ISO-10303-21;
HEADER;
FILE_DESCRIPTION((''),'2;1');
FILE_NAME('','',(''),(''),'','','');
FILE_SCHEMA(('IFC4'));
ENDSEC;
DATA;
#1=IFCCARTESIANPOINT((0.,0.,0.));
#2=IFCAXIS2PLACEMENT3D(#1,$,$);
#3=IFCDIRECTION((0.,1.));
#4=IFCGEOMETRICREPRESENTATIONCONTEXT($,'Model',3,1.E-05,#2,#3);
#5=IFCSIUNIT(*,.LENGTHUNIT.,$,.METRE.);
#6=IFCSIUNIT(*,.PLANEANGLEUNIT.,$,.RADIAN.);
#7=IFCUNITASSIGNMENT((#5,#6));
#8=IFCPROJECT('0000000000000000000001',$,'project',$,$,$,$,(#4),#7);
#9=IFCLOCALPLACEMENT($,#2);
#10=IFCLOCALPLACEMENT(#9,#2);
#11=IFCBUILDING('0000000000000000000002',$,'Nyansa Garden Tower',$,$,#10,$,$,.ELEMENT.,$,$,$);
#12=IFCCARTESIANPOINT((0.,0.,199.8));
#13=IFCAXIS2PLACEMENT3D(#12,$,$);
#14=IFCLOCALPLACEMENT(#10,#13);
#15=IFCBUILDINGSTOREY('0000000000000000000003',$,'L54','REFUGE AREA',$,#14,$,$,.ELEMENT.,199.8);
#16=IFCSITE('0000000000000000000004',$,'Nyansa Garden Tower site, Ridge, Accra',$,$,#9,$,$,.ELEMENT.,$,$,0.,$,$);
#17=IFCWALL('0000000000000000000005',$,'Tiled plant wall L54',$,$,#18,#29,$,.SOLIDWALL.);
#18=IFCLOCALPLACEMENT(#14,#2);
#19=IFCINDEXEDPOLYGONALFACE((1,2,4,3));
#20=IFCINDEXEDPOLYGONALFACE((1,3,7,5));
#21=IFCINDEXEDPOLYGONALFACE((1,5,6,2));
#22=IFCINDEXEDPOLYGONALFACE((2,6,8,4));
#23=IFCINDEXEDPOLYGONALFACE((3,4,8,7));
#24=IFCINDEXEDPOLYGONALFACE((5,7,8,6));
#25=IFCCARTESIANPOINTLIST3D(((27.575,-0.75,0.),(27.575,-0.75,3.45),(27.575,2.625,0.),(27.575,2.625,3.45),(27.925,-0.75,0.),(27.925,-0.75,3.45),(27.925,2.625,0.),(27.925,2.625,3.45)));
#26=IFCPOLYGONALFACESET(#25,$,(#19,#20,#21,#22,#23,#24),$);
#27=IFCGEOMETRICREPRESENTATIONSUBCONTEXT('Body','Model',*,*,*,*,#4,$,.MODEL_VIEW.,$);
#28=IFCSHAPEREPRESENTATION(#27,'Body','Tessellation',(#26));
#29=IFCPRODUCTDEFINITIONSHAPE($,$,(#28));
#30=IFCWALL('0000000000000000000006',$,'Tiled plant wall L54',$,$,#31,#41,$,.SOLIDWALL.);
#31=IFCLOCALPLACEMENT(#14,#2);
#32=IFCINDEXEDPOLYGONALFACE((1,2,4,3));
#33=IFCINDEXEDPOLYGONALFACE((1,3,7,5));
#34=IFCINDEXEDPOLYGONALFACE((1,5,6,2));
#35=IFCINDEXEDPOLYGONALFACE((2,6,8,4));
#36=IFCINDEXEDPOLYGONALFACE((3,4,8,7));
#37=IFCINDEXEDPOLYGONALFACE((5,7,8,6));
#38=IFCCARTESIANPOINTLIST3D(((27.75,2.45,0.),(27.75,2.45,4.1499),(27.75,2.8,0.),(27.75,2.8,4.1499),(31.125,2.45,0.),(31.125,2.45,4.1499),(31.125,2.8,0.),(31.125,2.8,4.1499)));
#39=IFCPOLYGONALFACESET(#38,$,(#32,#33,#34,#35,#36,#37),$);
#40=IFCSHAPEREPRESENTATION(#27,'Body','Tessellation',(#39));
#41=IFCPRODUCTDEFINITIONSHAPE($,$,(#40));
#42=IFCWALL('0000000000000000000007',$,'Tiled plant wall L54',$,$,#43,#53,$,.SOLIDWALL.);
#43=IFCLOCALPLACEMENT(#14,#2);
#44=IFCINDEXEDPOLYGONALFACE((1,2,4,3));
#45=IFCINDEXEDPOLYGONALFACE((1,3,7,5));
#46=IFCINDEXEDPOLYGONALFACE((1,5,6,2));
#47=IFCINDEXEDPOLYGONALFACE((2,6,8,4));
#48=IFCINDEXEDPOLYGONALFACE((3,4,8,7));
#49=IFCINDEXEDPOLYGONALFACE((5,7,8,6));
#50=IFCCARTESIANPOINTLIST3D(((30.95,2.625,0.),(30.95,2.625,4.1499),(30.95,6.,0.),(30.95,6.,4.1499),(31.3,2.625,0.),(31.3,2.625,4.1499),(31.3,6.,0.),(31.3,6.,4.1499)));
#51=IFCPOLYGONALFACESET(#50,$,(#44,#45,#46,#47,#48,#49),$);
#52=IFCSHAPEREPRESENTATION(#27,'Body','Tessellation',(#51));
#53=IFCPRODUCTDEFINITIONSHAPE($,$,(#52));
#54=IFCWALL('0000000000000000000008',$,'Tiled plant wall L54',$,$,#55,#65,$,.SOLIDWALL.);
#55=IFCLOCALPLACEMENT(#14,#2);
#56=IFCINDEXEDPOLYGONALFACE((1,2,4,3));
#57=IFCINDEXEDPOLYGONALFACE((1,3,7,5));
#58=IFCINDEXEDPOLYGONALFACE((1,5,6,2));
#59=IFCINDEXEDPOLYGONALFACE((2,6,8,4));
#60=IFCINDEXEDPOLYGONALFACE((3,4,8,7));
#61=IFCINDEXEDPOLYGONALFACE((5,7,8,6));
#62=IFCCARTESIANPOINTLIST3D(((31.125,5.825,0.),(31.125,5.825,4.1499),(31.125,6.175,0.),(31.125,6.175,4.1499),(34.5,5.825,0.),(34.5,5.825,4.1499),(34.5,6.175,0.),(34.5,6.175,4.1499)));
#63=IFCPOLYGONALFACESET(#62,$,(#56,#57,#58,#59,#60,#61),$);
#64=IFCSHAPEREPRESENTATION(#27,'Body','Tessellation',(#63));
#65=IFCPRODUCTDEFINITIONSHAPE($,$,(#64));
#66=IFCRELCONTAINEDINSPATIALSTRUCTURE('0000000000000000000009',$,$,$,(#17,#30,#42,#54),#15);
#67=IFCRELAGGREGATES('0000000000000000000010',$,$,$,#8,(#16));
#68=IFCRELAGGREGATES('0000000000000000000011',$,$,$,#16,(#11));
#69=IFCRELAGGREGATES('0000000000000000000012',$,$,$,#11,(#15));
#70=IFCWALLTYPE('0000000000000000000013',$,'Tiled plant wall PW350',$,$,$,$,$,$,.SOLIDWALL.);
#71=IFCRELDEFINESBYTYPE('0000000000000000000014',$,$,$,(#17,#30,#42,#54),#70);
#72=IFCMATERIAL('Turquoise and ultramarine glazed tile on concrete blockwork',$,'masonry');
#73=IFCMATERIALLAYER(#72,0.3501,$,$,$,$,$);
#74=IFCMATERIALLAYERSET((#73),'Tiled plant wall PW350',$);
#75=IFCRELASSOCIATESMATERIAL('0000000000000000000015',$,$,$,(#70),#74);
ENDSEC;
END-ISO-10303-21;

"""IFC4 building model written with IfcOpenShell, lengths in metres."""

from ifc_helpers import new_model, si_unit, direction, frame, frame_2d, origin, place, context, subcontext, project, spatial, rectangle, extrude, material, layer, layer_set, type_object, element, save


model = new_model("IFC4")

# Units and contexts
model_context = context("Model", 3, precision=1e-05, world=origin(), true_north=direction((0.0, 1.0)))
body_context = subcontext(model_context, "Body", "Model", "MODEL_VIEW")
ifc_project = project(units=[si_unit("LENGTHUNIT", "METRE"), si_unit("PLANEANGLEUNIT", "RADIAN")], contexts=[model_context])

# Site, building, storey
site_placement = place(None, origin())
site = spatial("IfcSite", under=ifc_project, at=site_placement, Name="Nyansa Garden Tower site, Ridge, Accra", CompositionType="ELEMENT", RefElevation=0.0)
building_placement = place(site_placement, origin())
building = spatial("IfcBuilding", under=site, at=building_placement, Name="Nyansa Garden Tower", CompositionType="ELEMENT")
storey_placement = place(building_placement, frame((0.0, 0.0, 199.8)))
storey = spatial("IfcBuildingStorey", under=building, at=storey_placement, Name="L54", Description="REFUGE AREA", CompositionType="ELEMENT", Elevation=199.8)

# Shared definitions
ifc_material_1 = material(Name="Turquoise and ultramarine glazed tile on concrete blockwork", Category="masonry")
ifc_layer_1 = layer(ifc_material_1, 0.3501)
ifc_layer_set_1 = layer_set([ifc_layer_1], Name="Tiled plant wall PW350")
wall_type_1 = type_object("IfcWallType", Name="Tiled plant wall PW350", PredefinedType="SOLIDWALL", material=ifc_layer_set_1)

# Walls
wall_1_placement = place(storey_placement, frame((27.75, -0.75, 0.0), z_axis=(0.0, 0.0, 1.0), x_axis=(0.0, 1.0, 0.0)))
element("IfcWall", 1, at=wall_1_placement, inside=storey, type_object=wall_type_1, Name="Tiled plant wall L54", PredefinedType="SOLIDWALL", context=body_context, shape_type="SweptSolid", body=[
    extrude(rectangle(XDim=3.375, YDim=0.3501, at=frame_2d((1.6875, 0.0))), origin(), (0.0, 0.0, 1.0), 3.45),
])
for number, where, z_axis, x_axis, name in (
    (2, (27.75, 2.625, 0.0), (0.0, 0.0, 1.0), (1.0, 0.0, 0.0), "Tiled plant wall L54"),
    (3, (31.125, 2.625, 0.0), (0.0, 0.0, 1.0), (0.0, 1.0, 0.0), "Tiled plant wall L54"),
    (4, (31.125, 6.0, 0.0), (0.0, 0.0, 1.0), (1.0, 0.0, 0.0), "Tiled plant wall L54"),
):
    element("IfcWall", number, at=place(storey_placement, frame(where, z_axis=z_axis, x_axis=x_axis)), inside=storey, type_object=wall_type_1, Name=name, PredefinedType="SOLIDWALL", context=body_context, shape_type="SweptSolid", body=[
        extrude(rectangle(XDim=3.375, YDim=0.3501, at=frame_2d((1.6875, 0.0))), origin(), (0.0, 0.0, 1.0), 4.1499),
    ])

save(model, "model.ifc")
